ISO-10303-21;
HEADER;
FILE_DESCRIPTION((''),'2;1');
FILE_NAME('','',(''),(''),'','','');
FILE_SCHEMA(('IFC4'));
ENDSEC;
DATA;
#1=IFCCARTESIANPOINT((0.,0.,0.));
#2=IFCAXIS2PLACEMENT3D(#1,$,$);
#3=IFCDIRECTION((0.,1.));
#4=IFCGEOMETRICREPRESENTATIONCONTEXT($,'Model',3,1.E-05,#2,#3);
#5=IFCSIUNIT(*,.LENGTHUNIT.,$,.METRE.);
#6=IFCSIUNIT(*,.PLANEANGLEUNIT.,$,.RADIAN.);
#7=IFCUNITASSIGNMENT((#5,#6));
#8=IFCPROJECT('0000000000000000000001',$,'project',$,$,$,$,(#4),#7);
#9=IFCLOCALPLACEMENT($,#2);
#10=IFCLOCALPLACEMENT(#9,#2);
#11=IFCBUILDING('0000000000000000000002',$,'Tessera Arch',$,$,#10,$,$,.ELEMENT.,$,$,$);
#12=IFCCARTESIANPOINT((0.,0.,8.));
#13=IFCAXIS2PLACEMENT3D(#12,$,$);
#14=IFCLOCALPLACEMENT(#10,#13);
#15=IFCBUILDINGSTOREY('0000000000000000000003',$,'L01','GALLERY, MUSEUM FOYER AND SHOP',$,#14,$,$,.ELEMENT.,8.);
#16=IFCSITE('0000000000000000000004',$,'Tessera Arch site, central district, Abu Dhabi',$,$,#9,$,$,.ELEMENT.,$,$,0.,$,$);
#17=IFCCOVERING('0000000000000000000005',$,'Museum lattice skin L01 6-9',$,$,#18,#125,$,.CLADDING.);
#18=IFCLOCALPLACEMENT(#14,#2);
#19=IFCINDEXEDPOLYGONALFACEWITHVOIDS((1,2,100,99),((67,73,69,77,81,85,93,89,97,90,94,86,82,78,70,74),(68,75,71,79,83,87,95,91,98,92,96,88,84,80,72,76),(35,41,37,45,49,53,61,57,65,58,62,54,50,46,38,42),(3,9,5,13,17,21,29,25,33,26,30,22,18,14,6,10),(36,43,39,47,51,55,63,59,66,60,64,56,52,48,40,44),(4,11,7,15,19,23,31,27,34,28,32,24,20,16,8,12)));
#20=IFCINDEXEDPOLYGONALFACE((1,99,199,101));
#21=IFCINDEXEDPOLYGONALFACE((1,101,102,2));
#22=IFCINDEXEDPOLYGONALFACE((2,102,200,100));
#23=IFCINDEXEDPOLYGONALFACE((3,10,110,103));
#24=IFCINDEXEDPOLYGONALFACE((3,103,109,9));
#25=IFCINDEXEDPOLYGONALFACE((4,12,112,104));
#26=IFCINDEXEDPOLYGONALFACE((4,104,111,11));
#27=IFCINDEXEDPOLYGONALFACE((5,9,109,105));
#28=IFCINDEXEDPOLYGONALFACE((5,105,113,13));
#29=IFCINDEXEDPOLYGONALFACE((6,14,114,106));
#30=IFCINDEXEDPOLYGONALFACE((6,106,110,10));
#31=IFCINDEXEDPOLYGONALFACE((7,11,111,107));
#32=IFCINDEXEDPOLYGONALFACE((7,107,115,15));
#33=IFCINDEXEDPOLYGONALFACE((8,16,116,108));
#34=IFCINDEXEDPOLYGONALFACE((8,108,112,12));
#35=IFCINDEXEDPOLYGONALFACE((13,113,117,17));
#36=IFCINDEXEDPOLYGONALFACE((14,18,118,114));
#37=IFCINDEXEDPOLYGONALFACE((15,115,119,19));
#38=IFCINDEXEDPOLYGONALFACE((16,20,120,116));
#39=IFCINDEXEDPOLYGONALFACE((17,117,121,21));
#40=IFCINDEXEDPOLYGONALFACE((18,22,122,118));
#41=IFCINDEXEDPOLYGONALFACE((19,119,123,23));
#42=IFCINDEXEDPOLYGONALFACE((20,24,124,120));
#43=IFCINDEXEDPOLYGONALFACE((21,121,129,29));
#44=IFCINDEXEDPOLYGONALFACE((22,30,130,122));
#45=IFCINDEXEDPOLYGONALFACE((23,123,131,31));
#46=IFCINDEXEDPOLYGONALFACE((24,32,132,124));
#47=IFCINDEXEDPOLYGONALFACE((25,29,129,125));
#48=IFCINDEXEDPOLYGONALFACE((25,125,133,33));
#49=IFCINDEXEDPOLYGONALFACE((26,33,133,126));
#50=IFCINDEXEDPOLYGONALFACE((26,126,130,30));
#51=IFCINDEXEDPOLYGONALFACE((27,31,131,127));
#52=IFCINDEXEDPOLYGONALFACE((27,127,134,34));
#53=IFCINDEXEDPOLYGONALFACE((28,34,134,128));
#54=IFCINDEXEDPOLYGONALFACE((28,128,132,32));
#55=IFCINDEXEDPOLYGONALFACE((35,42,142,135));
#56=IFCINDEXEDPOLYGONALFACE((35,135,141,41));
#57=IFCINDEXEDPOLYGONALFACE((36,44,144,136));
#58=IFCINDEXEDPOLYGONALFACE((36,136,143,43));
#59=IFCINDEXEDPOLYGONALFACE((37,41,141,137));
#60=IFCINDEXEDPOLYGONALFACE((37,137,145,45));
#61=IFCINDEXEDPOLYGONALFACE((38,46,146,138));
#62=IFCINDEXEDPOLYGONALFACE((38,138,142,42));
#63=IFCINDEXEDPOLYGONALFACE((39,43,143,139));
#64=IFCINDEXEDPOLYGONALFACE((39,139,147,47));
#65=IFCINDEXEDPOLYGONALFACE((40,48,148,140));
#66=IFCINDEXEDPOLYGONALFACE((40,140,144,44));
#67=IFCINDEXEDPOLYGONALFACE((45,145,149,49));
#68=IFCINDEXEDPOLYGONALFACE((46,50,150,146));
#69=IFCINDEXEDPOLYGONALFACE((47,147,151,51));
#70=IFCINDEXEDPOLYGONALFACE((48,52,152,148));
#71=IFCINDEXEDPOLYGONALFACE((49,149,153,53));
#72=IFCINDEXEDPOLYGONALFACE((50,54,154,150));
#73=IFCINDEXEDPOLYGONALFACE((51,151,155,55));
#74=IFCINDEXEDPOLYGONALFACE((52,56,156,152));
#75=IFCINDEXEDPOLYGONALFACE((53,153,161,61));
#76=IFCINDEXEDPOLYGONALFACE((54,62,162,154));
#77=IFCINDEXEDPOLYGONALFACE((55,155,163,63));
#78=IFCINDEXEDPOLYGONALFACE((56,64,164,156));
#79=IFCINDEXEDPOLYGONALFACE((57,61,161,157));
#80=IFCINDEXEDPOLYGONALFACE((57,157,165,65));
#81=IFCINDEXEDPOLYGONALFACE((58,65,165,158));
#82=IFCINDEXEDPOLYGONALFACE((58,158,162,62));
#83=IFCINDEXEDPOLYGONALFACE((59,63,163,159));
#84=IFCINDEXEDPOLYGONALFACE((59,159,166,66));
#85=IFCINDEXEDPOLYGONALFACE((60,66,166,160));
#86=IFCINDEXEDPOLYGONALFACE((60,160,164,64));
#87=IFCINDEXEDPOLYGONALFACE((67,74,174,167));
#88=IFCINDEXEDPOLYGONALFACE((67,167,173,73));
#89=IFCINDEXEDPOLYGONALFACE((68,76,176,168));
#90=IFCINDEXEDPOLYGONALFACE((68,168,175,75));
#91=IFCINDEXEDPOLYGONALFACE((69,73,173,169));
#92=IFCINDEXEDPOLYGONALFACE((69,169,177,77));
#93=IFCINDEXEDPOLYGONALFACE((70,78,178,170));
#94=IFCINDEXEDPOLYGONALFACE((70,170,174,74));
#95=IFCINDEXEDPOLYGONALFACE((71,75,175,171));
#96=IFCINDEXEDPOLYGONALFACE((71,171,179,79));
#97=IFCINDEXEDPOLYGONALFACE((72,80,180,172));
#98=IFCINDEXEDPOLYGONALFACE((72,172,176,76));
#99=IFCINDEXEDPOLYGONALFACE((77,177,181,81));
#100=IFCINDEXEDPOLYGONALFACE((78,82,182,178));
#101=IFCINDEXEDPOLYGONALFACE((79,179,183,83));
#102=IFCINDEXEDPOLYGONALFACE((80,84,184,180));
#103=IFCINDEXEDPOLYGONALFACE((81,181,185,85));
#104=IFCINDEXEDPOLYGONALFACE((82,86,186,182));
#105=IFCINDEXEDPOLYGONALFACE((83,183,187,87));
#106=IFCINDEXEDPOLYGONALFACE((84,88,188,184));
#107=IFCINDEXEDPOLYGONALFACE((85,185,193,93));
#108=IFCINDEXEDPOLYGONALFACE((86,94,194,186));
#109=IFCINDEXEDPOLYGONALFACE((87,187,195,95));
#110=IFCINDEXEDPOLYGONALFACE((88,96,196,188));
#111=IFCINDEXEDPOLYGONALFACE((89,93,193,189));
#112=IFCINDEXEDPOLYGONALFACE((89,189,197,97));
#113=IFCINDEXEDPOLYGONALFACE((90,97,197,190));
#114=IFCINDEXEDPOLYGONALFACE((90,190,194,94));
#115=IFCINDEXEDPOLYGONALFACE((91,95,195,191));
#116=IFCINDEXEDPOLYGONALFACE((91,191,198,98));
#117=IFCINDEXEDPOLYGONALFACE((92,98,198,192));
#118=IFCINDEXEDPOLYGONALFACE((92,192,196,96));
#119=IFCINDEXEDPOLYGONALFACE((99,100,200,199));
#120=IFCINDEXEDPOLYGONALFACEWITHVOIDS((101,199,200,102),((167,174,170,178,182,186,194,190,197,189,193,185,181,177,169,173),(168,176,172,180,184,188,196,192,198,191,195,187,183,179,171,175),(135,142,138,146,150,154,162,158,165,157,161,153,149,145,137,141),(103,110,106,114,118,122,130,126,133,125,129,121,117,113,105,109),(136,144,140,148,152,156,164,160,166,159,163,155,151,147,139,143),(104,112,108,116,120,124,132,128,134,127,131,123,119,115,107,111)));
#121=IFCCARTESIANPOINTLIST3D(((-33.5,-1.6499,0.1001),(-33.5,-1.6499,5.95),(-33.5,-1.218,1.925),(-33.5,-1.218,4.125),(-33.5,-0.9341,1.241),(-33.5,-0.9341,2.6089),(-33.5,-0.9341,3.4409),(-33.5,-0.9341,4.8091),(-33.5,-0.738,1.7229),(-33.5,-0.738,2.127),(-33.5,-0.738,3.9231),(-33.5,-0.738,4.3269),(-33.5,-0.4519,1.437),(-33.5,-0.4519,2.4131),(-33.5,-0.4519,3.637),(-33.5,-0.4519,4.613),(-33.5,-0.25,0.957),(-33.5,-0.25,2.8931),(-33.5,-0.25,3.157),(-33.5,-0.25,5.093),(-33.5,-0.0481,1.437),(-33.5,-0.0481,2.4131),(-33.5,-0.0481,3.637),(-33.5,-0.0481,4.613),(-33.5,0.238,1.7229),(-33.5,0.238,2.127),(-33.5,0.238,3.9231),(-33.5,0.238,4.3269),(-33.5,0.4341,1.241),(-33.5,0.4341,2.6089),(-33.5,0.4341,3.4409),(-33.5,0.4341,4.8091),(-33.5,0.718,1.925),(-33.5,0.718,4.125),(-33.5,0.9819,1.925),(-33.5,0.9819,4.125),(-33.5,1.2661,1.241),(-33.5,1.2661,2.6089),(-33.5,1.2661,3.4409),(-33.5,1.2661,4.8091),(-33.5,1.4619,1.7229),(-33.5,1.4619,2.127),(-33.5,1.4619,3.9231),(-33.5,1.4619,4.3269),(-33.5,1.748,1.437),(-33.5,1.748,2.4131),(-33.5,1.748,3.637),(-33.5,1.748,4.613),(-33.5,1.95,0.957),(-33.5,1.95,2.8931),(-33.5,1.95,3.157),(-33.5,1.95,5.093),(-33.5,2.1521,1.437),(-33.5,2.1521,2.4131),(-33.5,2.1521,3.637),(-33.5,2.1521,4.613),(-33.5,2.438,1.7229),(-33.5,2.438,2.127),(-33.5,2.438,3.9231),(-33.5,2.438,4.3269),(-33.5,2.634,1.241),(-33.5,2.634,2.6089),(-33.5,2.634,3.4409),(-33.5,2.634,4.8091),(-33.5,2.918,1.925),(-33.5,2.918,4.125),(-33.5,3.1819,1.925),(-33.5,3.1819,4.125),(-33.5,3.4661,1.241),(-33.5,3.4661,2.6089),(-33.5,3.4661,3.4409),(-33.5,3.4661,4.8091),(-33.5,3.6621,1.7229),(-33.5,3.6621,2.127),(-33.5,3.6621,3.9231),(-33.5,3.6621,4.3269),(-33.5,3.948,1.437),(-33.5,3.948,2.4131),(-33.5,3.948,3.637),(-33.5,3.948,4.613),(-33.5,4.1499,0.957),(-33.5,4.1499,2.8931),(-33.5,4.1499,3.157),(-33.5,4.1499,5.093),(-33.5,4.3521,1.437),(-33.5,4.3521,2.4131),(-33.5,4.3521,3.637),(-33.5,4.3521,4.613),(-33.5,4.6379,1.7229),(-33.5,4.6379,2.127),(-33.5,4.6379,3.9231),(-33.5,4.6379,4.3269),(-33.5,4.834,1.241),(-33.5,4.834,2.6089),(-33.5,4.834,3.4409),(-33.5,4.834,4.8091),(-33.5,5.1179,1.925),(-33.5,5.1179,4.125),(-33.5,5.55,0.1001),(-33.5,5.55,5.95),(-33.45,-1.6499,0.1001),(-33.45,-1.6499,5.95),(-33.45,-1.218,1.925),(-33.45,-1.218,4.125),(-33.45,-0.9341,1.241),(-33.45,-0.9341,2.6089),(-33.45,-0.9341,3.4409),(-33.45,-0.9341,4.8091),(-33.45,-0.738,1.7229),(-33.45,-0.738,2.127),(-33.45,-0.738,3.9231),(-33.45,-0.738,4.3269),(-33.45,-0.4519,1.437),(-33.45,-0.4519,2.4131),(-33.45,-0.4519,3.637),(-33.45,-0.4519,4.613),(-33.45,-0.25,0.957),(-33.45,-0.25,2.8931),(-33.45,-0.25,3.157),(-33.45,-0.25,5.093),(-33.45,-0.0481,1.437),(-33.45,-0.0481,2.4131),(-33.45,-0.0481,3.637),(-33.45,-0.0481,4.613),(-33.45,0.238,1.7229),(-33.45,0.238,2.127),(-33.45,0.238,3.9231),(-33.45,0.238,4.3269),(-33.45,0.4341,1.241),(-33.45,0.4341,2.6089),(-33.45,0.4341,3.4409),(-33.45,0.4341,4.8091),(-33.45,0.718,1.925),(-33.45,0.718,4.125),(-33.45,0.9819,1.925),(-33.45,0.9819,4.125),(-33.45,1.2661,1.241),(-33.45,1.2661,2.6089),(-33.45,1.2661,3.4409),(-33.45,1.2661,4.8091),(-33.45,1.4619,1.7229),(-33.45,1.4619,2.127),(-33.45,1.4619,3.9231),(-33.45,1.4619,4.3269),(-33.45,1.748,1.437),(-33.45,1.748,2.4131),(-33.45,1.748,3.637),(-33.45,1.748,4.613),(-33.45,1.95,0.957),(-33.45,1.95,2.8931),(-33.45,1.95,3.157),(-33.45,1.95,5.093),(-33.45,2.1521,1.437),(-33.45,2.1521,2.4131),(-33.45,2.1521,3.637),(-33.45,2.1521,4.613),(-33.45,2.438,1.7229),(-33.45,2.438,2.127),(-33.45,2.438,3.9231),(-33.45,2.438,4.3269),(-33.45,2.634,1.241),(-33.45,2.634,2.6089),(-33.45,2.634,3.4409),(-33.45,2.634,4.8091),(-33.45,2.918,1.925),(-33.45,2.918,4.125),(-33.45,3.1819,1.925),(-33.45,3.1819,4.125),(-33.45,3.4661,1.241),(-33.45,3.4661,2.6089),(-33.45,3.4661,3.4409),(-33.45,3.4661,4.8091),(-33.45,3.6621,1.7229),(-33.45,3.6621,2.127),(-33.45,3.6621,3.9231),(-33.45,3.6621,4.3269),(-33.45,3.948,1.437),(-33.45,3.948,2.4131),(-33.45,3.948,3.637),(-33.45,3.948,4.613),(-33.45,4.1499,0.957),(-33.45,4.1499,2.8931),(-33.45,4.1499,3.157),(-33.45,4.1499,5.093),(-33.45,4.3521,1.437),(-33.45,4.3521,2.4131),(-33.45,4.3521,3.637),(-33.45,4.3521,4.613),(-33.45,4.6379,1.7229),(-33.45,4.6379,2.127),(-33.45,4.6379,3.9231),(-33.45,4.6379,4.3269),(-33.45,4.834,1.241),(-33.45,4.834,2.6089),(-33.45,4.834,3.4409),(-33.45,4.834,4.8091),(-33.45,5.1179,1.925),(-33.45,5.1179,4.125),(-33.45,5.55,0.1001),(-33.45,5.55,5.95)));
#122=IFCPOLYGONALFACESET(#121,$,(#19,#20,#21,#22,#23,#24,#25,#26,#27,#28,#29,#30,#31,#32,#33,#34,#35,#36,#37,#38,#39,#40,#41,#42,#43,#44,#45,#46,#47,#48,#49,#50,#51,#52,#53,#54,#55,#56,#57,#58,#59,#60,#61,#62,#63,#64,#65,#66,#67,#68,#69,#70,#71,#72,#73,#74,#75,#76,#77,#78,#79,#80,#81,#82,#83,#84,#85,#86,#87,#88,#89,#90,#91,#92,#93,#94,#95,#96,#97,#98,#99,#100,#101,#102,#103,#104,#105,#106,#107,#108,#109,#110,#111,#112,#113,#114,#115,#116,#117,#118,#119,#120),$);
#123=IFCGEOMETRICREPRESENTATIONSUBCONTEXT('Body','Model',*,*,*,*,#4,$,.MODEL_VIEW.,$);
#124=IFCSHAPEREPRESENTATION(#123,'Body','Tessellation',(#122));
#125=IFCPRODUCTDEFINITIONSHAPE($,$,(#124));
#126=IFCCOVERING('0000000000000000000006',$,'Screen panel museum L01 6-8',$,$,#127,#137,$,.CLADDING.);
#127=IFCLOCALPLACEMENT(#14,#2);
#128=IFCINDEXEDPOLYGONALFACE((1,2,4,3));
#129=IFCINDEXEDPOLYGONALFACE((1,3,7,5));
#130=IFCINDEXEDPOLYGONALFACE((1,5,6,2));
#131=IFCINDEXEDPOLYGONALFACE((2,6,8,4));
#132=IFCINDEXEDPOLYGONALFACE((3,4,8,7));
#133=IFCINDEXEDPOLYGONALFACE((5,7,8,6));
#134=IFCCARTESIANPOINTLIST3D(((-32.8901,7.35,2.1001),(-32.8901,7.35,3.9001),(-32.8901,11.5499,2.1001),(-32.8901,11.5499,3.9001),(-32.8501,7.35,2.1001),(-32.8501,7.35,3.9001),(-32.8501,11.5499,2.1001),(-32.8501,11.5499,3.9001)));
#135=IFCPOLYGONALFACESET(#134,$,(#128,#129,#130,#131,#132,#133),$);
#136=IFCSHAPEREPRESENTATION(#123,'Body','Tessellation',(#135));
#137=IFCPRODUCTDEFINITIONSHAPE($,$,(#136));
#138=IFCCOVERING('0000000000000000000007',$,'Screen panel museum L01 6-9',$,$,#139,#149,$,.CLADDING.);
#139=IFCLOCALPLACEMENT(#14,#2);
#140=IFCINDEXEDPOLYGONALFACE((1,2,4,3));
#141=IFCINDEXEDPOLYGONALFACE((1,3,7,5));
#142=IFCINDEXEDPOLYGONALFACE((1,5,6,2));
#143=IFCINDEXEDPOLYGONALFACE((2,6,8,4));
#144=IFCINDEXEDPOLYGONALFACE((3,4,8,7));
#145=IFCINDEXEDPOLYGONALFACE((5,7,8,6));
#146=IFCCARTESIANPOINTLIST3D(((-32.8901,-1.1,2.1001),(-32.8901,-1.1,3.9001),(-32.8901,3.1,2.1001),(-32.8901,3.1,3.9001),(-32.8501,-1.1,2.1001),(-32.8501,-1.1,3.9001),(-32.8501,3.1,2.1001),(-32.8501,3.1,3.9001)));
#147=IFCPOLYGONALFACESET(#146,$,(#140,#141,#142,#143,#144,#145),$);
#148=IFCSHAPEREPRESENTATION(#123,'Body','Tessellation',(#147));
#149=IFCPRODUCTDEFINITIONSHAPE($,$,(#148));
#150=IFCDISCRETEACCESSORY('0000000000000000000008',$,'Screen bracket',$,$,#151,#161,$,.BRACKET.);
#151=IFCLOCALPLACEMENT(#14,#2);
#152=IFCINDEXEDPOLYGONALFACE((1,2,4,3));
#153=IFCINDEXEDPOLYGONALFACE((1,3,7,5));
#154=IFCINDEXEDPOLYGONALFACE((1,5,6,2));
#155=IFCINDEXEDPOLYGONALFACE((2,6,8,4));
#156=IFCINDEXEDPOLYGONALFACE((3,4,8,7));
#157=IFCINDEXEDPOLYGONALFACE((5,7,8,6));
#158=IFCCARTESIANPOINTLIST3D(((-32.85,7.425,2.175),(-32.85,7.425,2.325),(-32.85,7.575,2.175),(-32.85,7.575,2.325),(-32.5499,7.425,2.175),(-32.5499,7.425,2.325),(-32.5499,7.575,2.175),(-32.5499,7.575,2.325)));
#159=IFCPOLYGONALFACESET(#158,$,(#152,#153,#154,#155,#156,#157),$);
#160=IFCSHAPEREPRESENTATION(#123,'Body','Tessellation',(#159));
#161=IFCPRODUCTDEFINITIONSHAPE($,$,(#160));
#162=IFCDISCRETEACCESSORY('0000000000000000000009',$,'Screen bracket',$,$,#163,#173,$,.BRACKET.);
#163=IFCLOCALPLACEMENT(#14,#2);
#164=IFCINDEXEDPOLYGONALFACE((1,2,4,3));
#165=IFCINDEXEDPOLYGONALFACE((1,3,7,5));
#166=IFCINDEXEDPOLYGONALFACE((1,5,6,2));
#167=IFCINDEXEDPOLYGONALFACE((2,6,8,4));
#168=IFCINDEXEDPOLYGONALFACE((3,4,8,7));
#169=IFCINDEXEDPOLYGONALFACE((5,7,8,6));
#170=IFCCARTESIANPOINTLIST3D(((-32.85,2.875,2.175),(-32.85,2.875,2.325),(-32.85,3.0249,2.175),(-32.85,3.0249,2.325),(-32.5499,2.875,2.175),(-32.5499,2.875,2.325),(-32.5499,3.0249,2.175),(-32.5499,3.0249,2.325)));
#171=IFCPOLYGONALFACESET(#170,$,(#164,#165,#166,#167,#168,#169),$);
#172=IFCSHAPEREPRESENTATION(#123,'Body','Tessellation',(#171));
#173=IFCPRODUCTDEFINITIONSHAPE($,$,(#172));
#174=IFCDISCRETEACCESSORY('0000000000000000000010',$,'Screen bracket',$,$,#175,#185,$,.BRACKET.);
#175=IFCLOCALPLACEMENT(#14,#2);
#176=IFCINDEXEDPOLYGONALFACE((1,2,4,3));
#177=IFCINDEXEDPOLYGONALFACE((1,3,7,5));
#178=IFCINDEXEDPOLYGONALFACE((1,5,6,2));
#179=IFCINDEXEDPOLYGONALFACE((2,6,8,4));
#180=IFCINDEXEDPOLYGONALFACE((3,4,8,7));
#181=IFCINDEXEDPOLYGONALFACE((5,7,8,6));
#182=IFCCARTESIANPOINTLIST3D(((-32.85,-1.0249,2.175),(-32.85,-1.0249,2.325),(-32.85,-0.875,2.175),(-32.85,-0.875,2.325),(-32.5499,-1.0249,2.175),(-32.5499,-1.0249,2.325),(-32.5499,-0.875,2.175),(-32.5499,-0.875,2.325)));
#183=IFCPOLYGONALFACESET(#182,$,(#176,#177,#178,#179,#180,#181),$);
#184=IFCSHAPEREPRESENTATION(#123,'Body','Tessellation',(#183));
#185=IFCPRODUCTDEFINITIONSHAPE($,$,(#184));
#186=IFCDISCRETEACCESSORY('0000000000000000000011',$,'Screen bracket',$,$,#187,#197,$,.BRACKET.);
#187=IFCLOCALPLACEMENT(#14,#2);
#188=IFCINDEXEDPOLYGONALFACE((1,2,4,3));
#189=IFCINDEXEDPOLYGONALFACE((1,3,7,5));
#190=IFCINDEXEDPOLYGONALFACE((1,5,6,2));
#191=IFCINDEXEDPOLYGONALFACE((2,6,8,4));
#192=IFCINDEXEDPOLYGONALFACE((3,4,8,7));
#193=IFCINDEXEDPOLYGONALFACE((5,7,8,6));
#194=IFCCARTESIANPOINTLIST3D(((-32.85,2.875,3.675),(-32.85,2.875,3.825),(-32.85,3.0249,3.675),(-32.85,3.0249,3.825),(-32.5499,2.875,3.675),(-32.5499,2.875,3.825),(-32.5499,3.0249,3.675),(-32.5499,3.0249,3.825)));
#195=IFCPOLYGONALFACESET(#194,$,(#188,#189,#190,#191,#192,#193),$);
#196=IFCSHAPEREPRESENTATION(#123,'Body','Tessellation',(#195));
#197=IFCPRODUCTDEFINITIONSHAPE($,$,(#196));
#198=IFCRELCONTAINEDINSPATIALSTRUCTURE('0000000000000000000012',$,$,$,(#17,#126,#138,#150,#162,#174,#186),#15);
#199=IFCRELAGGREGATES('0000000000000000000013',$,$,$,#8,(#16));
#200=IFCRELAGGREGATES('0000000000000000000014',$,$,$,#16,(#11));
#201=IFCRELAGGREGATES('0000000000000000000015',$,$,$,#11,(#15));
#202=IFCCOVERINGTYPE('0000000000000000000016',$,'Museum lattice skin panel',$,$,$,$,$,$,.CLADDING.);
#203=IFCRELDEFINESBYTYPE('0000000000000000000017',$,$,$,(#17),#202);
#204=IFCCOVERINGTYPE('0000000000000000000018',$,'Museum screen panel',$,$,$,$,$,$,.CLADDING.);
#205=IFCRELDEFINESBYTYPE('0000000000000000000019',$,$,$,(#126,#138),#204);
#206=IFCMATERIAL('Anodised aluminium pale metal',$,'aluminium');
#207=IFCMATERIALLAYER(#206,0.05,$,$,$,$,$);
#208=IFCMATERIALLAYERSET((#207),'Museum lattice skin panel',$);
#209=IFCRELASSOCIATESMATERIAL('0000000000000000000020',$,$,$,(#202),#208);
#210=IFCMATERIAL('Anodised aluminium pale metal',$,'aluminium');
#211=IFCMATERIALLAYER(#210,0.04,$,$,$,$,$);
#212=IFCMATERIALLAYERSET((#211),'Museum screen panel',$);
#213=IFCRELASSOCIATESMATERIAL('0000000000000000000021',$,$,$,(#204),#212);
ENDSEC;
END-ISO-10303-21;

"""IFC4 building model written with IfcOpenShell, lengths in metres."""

from ifc_helpers import new_model, si_unit, direction, frame, origin, origin_2d, place, context, subcontext, project, spatial, polyline, rectangle, outline, extrude, material, layer, layer_set, type_object, element, save


model = new_model("IFC4")

# Units and contexts
model_context = context("Model", 3, precision=1e-05, world=origin(), true_north=direction((0.0, 1.0)))
body_context = subcontext(model_context, "Body", "Model", "MODEL_VIEW")
ifc_project = project(units=[si_unit("LENGTHUNIT", "METRE"), si_unit("PLANEANGLEUNIT", "RADIAN")], contexts=[model_context])

# Site, building, storey
site_placement = place(None, origin())
site = spatial("IfcSite", under=ifc_project, at=site_placement, Name="Tessera Arch site, central district, Abu Dhabi", CompositionType="ELEMENT", RefElevation=0.0)
building_placement = place(site_placement, origin())
building = spatial("IfcBuilding", under=site, at=building_placement, Name="Tessera Arch", CompositionType="ELEMENT")
storey_placement = place(building_placement, frame((0.0, 0.0, 8.0)))
storey = spatial("IfcBuildingStorey", under=building, at=storey_placement, Name="L01", Description="GALLERY, MUSEUM FOYER AND SHOP", CompositionType="ELEMENT", Elevation=8.0)

# Coverings
ifc_material_1 = material(Name="Anodised aluminium pale metal", Category="aluminium")
ifc_layer_1 = layer(ifc_material_1, 0.05)
ifc_layer_set_1 = layer_set([ifc_layer_1], Name="Museum lattice skin panel")
covering_type_1 = type_object("IfcCoveringType", Name="Museum lattice skin panel", PredefinedType="CLADDING", material=ifc_layer_set_1)
covering_placement = place(storey_placement, frame((-33.45, 5.55, 5.95), z_axis=(1.0, 0.0, 0.0), x_axis=(0.0, -1.0, 0.0)))
element("IfcCovering", 1, at=covering_placement, inside=storey, type_object=covering_type_1, Name="Museum lattice skin L01 6-9", PredefinedType="CLADDING", context=body_context, shape_type="SweptSolid", body=[
    extrude(outline(polyline([(0.0, 0.0), (7.2, 0.0), (7.2, 5.8499), (0.0, 5.8499), (0.0, 0.0)]), holes=[polyline([(2.3682, 4.0249), (1.8879, 3.823), (2.084, 3.3411), (1.6021, 3.5369), (1.4001, 3.0569), (1.198, 3.5369), (0.7161, 3.3411), (0.9121, 3.823), (0.4321, 4.0249), (0.9121, 4.2271), (0.7161, 4.709), (1.198, 4.5129), (1.4001, 4.9929), (1.6021, 4.5129), (2.084, 4.709), (1.8879, 4.2271), (2.3682, 4.0249)]), polyline([(2.3682, 1.825), (1.8879, 1.623), (2.084, 1.1409), (1.6021, 1.3369), (1.4001, 0.8569), (1.198, 1.3369), (0.7161, 1.1409), (0.9121, 1.623), (0.4321, 1.825), (0.9121, 2.0269), (0.7161, 2.509), (1.198, 2.313), (1.4001, 2.793), (1.6021, 2.313), (2.084, 2.509), (1.8879, 2.0269), (2.3682, 1.825)]), polyline([(4.5681, 4.0249), (4.0881, 3.823), (4.2839, 3.3411), (3.802, 3.5369), (3.6001, 3.0569), (3.3979, 3.5369), (2.916, 3.3411), (3.1121, 3.823), (2.6321, 4.0249), (3.1121, 4.2271), (2.916, 4.709), (3.3979, 4.5129), (3.6001, 4.9929), (3.802, 4.5129), (4.2839, 4.709), (4.0881, 4.2271), (4.5681, 4.0249)]), polyline([(4.5681, 1.825), (4.0881, 1.623), (4.2839, 1.1409), (3.802, 1.3369), (3.6001, 0.8569), (3.3979, 1.3369), (2.916, 1.1409), (3.1121, 1.623), (2.6321, 1.825), (3.1121, 2.0269), (2.916, 2.509), (3.3979, 2.313), (3.6001, 2.793), (3.802, 2.313), (4.2839, 2.509), (4.0881, 2.0269), (4.5681, 1.825)]), polyline([(6.7681, 4.0249), (6.2881, 3.823), (6.4841, 3.3411), (6.002, 3.5369), (5.8, 3.0569), (5.5981, 3.5369), (5.116, 3.3411), (5.312, 3.823), (4.832, 4.0249), (5.312, 4.2271), (5.116, 4.709), (5.5981, 4.5129), (5.8, 4.9929), (6.002, 4.5129), (6.4841, 4.709), (6.2881, 4.2271), (6.7681, 4.0249)]), polyline([(6.7681, 1.825), (6.2881, 1.623), (6.4841, 1.1409), (6.002, 1.3369), (5.8, 0.8569), (5.5981, 1.3369), (5.116, 1.1409), (5.312, 1.623), (4.832, 1.825), (5.312, 2.0269), (5.116, 2.509), (5.5981, 2.313), (5.8, 2.793), (6.002, 2.313), (6.4841, 2.509), (6.2881, 2.0269), (6.7681, 1.825)])]), origin(), (0.0, 0.0, -1.0), 0.05),
])
ifc_material_2 = material(Name="Anodised aluminium pale metal", Category="aluminium")
ifc_layer_2 = layer(ifc_material_2, 0.04)
ifc_layer_set_2 = layer_set([ifc_layer_2], Name="Museum screen panel")
covering_type_2 = type_object("IfcCoveringType", Name="Museum screen panel", PredefinedType="CLADDING", material=ifc_layer_set_2)
for number, where, z_axis, x_axis, name in (
    (2, (-32.8701, 9.45, 2.1001), (0.0, 0.0, 1.0), (0.0, -1.0, 0.0), "Screen panel museum L01 6-8"),
    (3, (-32.8701, 1.0, 2.1001), (0.0, 0.0, 1.0), (0.0, -1.0, 0.0), "Screen panel museum L01 6-9"),
):
    element("IfcCovering", number, at=place(storey_placement, frame(where, z_axis=z_axis, x_axis=x_axis)), inside=storey, type_object=covering_type_2, Name=name, PredefinedType="CLADDING", context=body_context, shape_type="SweptSolid", body=[
        extrude(rectangle(XDim=4.2, YDim=0.04, at=origin_2d()), origin(), (0.0, 0.0, 1.0), 1.8),
    ])

# Discrete accessories
for number, where, z_axis, x_axis, name in (
    (4, (-32.7, 7.5, 2.175), (0.0, 0.0, 1.0), (-1.0, 0.0, 0.0), "Screen bracket"),
    (5, (-32.7, 2.95, 2.175), (0.0, 0.0, 1.0), (-1.0, 0.0, 0.0), "Screen bracket"),
    (6, (-32.7, -0.95, 2.175), (0.0, 0.0, 1.0), (-1.0, 0.0, 0.0), "Screen bracket"),
    (7, (-32.7, 2.95, 3.675), (0.0, 0.0, 1.0), (-1.0, 0.0, 0.0), "Screen bracket"),
):
    element("IfcDiscreteAccessory", number, at=place(storey_placement, frame(where, z_axis=z_axis, x_axis=x_axis)), inside=storey, Name=name, PredefinedType="BRACKET", context=body_context, shape_type="SweptSolid", body=[
        extrude(rectangle(XDim=0.3, YDim=0.1499, at=origin_2d()), origin(), (0.0, 0.0, 1.0), 0.1499),
    ])

save(model, "model.ifc")
